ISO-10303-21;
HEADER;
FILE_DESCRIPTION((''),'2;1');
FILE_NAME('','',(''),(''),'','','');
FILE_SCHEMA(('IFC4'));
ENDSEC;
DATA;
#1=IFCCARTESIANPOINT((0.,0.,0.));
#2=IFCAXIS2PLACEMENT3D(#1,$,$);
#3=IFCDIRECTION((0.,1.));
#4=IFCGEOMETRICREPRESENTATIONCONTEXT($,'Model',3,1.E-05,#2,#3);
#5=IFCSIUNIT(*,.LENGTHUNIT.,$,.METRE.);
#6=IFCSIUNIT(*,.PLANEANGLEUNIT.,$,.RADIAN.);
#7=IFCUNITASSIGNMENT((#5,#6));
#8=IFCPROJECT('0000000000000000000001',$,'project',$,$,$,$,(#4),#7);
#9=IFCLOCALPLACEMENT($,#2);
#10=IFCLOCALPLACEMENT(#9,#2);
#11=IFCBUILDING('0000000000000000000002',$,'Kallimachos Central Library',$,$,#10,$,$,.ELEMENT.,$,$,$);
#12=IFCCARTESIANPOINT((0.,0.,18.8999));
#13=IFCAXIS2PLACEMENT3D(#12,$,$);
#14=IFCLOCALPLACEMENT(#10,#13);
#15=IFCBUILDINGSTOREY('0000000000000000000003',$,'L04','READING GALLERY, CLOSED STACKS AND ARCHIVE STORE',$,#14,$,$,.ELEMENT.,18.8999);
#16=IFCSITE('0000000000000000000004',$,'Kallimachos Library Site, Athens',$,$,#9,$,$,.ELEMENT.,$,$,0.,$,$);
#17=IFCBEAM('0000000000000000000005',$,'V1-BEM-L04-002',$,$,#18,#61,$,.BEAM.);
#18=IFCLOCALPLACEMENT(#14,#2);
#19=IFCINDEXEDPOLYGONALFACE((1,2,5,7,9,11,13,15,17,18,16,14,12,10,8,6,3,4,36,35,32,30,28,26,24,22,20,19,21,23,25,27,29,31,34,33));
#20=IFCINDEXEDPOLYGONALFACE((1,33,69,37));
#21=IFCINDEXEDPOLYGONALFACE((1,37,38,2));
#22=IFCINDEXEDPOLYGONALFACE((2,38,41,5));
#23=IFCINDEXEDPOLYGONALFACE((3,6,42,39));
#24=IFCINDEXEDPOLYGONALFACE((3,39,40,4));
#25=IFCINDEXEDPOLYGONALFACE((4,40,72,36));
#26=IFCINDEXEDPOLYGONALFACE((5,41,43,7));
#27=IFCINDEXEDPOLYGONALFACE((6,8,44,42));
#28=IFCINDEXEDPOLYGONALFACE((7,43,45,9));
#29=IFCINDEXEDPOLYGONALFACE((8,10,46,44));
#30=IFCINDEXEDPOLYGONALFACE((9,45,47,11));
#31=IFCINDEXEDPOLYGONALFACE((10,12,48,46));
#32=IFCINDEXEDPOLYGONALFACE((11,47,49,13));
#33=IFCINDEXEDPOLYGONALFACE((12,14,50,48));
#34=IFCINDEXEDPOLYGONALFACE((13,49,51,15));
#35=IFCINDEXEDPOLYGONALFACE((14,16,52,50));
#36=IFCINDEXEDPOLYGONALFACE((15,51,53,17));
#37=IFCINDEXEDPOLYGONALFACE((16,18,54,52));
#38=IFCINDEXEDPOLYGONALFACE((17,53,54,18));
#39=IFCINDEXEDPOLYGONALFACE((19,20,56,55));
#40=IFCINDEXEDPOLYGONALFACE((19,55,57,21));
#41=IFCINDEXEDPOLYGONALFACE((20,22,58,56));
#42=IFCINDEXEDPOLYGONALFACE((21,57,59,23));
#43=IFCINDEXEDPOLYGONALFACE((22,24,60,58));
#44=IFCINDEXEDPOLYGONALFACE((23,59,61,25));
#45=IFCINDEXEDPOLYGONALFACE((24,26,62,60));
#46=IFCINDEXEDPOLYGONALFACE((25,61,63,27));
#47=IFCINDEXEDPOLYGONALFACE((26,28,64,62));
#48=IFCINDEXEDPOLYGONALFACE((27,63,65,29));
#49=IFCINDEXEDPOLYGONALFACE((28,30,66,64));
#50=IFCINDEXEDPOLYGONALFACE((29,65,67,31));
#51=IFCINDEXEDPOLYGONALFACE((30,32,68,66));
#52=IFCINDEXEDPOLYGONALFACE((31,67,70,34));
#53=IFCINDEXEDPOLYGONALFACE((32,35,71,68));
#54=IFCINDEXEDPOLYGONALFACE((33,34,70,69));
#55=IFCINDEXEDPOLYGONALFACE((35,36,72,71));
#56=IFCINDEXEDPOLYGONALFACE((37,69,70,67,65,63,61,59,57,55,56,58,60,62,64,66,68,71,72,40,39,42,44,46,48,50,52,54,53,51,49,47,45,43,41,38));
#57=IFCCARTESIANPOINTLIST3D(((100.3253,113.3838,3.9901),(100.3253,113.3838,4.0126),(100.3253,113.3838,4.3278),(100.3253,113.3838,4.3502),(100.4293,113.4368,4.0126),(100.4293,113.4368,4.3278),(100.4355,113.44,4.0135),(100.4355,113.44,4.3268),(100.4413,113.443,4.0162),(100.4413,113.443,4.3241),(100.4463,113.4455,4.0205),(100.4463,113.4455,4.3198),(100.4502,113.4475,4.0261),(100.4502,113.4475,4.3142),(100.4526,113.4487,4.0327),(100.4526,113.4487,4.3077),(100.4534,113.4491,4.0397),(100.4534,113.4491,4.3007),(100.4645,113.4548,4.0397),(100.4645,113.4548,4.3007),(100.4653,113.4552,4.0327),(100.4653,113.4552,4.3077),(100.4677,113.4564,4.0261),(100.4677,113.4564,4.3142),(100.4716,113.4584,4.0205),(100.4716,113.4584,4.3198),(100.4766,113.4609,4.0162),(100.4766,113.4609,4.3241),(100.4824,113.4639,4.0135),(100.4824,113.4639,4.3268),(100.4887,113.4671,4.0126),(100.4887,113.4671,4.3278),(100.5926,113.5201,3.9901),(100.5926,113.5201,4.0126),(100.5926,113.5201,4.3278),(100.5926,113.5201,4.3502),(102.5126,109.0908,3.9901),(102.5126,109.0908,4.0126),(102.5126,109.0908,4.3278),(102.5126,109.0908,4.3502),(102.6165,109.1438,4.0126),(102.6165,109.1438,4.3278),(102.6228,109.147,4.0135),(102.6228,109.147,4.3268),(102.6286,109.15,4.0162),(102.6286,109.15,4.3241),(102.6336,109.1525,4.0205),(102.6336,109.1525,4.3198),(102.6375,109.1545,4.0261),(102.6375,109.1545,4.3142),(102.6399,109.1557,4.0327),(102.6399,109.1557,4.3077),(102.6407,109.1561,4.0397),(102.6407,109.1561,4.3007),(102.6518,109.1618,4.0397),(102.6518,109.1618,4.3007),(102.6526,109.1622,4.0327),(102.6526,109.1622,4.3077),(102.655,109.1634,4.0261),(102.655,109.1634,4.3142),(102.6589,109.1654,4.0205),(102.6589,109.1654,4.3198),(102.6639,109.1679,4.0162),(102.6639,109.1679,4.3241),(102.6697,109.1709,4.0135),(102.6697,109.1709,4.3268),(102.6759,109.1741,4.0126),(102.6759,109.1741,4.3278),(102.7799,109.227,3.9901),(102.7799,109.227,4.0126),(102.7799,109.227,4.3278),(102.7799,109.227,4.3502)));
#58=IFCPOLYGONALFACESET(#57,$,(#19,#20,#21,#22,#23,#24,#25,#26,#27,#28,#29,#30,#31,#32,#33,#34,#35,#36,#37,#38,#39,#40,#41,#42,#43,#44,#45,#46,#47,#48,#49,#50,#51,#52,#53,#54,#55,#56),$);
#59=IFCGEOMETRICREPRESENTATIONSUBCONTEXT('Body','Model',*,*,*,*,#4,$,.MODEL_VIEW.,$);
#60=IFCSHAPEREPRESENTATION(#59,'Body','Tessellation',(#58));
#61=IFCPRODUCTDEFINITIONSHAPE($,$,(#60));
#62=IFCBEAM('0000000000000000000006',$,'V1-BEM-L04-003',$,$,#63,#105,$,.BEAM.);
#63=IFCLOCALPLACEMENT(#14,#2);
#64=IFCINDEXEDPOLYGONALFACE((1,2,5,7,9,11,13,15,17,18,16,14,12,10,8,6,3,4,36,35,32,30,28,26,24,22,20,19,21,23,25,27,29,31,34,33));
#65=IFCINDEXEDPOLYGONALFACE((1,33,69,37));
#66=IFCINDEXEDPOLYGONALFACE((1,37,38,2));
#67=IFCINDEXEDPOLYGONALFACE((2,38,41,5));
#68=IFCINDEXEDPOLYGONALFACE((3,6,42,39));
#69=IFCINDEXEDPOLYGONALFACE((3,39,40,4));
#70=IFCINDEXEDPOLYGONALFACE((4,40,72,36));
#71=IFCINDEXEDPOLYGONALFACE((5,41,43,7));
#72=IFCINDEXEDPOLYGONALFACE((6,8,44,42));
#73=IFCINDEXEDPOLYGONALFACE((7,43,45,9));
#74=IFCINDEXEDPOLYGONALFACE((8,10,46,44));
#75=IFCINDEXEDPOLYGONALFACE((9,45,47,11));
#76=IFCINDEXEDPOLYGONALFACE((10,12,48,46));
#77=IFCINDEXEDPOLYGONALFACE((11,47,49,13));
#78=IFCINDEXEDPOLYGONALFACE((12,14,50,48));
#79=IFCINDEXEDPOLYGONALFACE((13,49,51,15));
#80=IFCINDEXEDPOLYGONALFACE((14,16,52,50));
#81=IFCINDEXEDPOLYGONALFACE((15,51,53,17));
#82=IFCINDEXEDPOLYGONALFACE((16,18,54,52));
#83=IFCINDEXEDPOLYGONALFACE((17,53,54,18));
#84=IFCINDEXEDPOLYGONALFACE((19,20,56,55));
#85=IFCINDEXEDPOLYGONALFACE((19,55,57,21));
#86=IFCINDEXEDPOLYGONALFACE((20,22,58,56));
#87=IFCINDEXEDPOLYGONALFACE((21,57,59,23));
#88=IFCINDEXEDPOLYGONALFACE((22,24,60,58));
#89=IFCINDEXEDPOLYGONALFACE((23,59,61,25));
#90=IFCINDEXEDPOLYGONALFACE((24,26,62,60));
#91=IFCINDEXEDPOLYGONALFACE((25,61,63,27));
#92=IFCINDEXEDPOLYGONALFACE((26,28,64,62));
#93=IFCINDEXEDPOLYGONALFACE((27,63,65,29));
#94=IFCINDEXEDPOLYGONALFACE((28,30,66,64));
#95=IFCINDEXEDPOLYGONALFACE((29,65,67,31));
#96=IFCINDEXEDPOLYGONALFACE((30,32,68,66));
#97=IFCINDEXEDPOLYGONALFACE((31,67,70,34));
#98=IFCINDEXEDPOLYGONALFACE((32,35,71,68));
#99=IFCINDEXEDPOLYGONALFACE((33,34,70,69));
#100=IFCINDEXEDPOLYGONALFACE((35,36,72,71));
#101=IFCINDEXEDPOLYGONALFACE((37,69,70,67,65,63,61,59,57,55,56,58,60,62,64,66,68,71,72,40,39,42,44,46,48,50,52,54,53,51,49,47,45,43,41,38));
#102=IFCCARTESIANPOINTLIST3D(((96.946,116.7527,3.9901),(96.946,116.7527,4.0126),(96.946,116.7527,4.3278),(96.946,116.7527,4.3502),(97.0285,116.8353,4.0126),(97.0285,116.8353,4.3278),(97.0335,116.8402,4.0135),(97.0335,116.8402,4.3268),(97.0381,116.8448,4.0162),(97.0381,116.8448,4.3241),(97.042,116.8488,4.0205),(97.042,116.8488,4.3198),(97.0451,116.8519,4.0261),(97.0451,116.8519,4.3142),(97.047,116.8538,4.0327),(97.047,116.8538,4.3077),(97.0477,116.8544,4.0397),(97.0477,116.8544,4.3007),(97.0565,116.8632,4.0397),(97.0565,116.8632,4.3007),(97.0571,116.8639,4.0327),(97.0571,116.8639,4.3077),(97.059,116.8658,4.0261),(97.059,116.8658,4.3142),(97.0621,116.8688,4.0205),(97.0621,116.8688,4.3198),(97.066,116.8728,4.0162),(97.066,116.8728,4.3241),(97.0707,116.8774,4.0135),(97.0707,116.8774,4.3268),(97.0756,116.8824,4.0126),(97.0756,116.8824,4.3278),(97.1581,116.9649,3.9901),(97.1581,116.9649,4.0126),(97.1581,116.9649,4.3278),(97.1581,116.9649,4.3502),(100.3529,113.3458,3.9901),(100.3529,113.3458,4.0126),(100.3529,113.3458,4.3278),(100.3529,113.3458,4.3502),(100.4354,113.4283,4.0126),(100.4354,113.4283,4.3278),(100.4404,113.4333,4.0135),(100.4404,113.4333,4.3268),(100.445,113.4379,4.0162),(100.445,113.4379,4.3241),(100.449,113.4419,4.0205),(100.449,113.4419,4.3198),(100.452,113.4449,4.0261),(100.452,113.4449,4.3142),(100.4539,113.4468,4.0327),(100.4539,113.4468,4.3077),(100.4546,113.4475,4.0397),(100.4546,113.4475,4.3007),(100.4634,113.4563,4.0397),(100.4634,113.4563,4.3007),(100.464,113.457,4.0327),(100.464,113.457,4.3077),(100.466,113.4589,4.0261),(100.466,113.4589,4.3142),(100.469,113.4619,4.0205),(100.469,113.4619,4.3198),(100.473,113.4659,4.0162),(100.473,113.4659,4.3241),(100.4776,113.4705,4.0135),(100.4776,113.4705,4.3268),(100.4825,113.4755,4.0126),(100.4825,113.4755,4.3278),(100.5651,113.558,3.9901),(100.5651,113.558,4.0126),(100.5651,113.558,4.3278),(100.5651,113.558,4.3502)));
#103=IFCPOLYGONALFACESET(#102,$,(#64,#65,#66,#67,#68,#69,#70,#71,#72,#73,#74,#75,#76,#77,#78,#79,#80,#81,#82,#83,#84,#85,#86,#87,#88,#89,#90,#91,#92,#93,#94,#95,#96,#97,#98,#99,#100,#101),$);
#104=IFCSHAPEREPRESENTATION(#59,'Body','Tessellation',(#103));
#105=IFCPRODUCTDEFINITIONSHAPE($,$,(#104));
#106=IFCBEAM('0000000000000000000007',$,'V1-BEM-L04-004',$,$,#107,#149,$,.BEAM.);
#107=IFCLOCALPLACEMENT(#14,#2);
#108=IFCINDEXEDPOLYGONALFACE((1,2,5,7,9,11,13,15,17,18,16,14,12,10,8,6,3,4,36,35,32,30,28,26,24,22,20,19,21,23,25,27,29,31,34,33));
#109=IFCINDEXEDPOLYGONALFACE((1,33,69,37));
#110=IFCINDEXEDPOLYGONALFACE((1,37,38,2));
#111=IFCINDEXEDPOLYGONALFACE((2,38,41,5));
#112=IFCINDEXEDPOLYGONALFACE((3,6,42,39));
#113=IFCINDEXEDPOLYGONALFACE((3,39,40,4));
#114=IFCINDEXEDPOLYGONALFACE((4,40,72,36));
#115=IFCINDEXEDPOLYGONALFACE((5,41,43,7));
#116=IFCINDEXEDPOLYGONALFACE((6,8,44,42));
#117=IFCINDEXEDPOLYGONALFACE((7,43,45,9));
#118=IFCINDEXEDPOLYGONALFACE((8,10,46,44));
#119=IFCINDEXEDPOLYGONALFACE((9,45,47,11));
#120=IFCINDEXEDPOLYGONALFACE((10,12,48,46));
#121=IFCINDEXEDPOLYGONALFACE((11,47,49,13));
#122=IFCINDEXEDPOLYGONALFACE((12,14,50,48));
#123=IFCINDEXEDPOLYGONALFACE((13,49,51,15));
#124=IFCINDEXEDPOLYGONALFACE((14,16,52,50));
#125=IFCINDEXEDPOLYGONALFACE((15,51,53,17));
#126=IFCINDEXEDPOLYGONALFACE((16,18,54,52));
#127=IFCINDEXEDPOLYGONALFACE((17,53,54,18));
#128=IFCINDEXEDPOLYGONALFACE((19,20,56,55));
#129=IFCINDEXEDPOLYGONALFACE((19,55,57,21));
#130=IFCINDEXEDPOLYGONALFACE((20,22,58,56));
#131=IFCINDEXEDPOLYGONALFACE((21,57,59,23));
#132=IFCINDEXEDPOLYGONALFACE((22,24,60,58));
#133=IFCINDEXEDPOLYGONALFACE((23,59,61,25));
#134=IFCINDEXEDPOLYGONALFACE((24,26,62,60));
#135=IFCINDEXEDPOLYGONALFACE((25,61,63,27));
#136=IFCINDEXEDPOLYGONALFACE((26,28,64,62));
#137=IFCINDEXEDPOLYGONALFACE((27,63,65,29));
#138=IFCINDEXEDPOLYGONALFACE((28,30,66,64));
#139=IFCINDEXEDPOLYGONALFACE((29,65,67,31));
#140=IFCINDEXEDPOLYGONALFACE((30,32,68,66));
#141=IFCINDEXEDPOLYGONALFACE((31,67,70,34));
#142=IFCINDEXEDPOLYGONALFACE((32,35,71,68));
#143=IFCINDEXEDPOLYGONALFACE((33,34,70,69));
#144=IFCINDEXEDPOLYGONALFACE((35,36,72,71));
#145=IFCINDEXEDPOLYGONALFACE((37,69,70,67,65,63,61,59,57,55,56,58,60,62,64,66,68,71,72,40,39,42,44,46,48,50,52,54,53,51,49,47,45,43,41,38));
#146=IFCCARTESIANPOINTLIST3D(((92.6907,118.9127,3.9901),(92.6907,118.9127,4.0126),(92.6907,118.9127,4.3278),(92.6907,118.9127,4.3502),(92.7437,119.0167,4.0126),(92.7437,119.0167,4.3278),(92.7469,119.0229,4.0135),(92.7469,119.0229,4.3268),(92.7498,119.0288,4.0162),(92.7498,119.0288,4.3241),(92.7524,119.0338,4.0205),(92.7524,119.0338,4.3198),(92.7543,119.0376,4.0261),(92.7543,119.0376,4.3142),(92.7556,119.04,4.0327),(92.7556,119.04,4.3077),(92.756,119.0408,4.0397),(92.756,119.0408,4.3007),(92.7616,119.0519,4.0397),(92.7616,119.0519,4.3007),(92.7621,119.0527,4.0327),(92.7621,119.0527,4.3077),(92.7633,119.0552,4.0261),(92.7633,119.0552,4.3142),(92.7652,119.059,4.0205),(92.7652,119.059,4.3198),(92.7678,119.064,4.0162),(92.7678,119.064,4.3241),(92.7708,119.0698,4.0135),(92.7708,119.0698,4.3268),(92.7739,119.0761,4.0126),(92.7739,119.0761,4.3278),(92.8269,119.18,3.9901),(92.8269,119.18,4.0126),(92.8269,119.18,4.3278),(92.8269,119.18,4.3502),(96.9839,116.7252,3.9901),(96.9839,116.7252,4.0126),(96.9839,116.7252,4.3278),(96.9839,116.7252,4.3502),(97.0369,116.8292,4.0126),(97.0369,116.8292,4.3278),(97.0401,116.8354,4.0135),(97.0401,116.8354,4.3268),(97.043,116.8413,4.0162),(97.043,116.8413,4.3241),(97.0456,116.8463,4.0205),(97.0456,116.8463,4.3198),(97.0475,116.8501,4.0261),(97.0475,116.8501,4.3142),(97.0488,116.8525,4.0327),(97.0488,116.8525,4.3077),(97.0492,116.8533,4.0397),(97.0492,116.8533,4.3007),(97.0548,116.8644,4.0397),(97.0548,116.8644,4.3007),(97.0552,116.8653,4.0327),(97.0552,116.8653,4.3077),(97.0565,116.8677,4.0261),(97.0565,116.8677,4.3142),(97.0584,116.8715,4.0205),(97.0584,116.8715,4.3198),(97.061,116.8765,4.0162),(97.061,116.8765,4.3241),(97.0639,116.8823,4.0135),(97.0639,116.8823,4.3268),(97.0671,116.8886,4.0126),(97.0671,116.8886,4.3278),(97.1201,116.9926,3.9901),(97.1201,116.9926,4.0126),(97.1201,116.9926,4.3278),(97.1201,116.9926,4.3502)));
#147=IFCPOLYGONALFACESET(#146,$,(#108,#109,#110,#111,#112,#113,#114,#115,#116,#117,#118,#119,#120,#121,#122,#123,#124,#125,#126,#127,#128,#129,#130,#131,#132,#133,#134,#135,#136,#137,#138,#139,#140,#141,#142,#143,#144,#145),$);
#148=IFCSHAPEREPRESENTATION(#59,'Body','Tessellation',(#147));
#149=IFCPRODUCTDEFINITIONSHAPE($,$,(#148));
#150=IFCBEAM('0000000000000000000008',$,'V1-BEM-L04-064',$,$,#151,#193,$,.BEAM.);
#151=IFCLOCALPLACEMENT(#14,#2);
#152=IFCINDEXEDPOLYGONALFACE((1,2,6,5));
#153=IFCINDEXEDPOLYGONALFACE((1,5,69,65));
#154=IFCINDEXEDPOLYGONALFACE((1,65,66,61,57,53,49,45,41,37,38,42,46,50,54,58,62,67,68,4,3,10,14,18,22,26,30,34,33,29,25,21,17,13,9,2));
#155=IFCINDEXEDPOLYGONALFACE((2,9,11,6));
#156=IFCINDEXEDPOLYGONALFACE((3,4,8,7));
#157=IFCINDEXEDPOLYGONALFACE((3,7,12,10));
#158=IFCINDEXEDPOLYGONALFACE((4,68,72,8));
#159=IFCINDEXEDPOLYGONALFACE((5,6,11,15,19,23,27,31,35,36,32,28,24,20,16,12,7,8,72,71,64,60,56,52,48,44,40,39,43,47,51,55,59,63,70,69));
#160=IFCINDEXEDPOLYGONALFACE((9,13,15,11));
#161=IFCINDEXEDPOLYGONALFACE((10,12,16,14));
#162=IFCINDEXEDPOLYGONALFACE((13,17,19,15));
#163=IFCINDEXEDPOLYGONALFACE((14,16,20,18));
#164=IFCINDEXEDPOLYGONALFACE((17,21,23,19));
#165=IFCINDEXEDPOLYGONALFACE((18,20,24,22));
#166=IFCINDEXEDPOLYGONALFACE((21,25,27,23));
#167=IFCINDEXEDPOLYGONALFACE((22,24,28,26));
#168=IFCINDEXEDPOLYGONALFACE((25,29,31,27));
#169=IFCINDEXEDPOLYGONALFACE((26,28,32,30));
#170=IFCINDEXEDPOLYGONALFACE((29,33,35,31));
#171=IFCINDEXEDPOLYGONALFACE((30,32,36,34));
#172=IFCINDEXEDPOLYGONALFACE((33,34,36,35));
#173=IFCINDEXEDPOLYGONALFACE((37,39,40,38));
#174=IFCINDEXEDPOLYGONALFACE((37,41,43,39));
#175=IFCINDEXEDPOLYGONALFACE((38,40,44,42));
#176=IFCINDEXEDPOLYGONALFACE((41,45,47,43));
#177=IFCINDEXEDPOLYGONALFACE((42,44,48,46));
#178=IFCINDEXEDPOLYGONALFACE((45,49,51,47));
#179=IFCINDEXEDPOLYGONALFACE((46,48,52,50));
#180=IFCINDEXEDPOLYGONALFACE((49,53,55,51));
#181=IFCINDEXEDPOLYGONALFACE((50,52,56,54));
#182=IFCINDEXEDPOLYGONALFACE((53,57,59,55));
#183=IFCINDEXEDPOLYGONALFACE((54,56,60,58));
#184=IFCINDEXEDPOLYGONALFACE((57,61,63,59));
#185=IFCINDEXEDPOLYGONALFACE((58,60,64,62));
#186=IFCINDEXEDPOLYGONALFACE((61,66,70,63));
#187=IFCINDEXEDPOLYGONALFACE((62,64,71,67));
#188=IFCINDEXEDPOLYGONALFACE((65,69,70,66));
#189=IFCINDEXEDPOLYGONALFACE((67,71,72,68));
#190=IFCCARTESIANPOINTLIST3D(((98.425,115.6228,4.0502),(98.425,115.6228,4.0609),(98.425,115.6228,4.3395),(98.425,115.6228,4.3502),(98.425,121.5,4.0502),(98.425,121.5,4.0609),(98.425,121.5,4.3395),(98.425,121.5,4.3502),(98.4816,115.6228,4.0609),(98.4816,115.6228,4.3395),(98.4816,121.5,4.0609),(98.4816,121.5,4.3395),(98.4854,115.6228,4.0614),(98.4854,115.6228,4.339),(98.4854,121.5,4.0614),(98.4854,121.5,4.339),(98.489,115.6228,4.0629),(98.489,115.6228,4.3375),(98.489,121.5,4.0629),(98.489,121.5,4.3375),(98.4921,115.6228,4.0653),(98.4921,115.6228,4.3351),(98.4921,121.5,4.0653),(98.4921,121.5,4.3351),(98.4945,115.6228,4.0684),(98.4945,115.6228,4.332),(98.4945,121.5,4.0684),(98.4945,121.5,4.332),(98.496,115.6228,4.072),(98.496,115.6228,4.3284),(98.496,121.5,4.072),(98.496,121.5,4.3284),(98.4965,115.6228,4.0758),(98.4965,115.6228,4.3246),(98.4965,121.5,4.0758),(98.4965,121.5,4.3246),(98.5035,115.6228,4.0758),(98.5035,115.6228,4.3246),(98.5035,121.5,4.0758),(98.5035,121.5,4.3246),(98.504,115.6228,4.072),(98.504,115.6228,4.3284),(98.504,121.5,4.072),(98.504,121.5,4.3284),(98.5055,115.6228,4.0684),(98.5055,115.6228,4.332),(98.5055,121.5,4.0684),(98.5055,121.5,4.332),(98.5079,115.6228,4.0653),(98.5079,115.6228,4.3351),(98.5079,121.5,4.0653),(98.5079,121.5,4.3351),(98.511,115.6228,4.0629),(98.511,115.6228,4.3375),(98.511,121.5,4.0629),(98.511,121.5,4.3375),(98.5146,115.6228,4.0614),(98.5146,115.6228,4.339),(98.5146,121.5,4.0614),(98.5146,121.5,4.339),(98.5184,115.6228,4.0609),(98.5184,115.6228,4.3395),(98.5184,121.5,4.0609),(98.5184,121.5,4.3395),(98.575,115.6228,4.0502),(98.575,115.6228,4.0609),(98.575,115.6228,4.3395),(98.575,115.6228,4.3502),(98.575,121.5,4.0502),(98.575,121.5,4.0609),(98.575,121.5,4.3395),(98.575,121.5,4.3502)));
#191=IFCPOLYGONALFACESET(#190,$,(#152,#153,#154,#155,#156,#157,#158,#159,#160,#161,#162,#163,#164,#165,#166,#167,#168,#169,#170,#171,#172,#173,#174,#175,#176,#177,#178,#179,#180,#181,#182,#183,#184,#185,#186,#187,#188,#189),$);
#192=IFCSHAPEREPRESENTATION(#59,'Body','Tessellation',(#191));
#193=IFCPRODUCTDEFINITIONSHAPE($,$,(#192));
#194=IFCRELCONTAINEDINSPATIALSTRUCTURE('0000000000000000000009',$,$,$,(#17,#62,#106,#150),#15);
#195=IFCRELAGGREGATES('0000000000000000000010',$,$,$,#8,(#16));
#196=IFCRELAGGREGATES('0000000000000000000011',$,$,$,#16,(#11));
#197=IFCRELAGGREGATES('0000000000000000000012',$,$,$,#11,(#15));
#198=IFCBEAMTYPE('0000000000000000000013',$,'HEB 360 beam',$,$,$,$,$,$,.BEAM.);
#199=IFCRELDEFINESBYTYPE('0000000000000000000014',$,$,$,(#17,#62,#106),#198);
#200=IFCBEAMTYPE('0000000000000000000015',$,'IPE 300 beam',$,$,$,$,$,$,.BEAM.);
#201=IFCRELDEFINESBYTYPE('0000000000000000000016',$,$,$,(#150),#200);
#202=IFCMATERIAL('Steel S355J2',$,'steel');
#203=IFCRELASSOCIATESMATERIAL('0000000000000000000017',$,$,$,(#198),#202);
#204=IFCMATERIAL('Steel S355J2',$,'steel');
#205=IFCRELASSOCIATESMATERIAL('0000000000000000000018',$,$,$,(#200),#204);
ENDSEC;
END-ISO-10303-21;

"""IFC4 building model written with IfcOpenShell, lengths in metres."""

from ifc_helpers import new_model, si_unit, direction, frame, origin, origin_2d, place, context, subcontext, project, spatial, i_section, extrude, material, material_profile, profile_set, type_object, element, save


model = new_model("IFC4")

# Units and contexts
model_context = context("Model", 3, precision=1e-05, world=origin(), true_north=direction((0.0, 1.0)))
body_context = subcontext(model_context, "Body", "Model", "MODEL_VIEW")
ifc_project = project(units=[si_unit("LENGTHUNIT", "METRE"), si_unit("PLANEANGLEUNIT", "RADIAN")], contexts=[model_context])

# Site, building, storey
site_placement = place(None, origin())
site = spatial("IfcSite", under=ifc_project, at=site_placement, Name="Kallimachos Library Site, Athens", CompositionType="ELEMENT", RefElevation=0.0)
building_placement = place(site_placement, origin())
building = spatial("IfcBuilding", under=site, at=building_placement, Name="Kallimachos Central Library", CompositionType="ELEMENT")
storey_placement = place(building_placement, frame((0.0, 0.0, 18.8999)))
storey = spatial("IfcBuildingStorey", under=building, at=storey_placement, Name="L04", Description="READING GALLERY, CLOSED STACKS AND ARCHIVE STORE", CompositionType="ELEMENT", Elevation=18.8999)

# Beams
ifc_material_1 = material(Name="Steel S355J2", Category="steel")
ifc_material_profile_1 = material_profile(ifc_material_1, i_section(OverallWidth=0.3, OverallDepth=0.3601, WebThickness=0.0125, FlangeThickness=0.0225, FilletRadius=0.0271, at=origin_2d()), Name="HEB 360")
ifc_profile_set_1 = profile_set([ifc_material_profile_1], Name="Steel S355J2")
beam_type_1 = type_object("IfcBeamType", Name="HEB 360 beam", PredefinedType="BEAM", material=ifc_profile_set_1)
for number, where, z_axis, x_axis, name in (
    (1, (102.6462, 109.1589, 4.1702), (-0.453971, 0.891017, 0.0), (-0.891017, -0.453971, 0.0), "V1-BEM-L04-002"),
    (2, (100.459, 113.4519, 4.1702), (-0.707107, 0.707107, 0.0), (-0.707107, -0.707107, 0.0), "V1-BEM-L04-003"),
):
    element("IfcBeam", number, at=place(storey_placement, frame(where, z_axis=z_axis, x_axis=x_axis)), inside=storey, type_object=beam_type_1, Name=name, PredefinedType="BEAM", context=body_context, shape_type="SweptSolid", body=[
        extrude(i_section(OverallWidth=0.3, OverallDepth=0.3601, WebThickness=0.0125, FlangeThickness=0.0225, FilletRadius=0.0271, at=origin_2d()), origin(), (0.0, 0.0, 1.0), 4.8181),
    ])
beam_1_placement = place(storey_placement, frame((97.052, 116.8589, 4.1702), z_axis=(-0.891007, 0.45399, 0.0), x_axis=(-0.45399, -0.891007, 0.0)))
element("IfcBeam", 3, at=beam_1_placement, inside=storey, type_object=beam_type_1, Name="V1-BEM-L04-004", PredefinedType="BEAM", context=body_context, shape_type="SweptSolid", body=[
    extrude(i_section(OverallWidth=0.3, OverallDepth=0.3601, WebThickness=0.0125, FlangeThickness=0.0225, FilletRadius=0.0271, at=origin_2d()), origin(), (0.0, 0.0, 1.0), 4.8184),
])
ifc_material_2 = material(Name="Steel S355J2", Category="steel")
ifc_material_profile_2 = material_profile(ifc_material_2, i_section(OverallWidth=0.1499, OverallDepth=0.3, WebThickness=0.0071, FlangeThickness=0.0107, FilletRadius=0.0149, at=origin_2d()), Name="IPE 300")
ifc_profile_set_2 = profile_set([ifc_material_profile_2], Name="Steel S355J2")
beam_type_2 = type_object("IfcBeamType", Name="IPE 300 beam", PredefinedType="BEAM", material=ifc_profile_set_2)
beam_2_placement = place(storey_placement, frame((98.5, 115.6228, 4.2002), z_axis=(0.0, 1.0, 0.0), x_axis=(-1.0, 0.0, 0.0)))
element("IfcBeam", 4, at=beam_2_placement, inside=storey, type_object=beam_type_2, Name="V1-BEM-L04-064", PredefinedType="BEAM", context=body_context, shape_type="SweptSolid", body=[
    extrude(i_section(OverallWidth=0.1499, OverallDepth=0.3, WebThickness=0.0071, FlangeThickness=0.0107, FilletRadius=0.0149, at=origin_2d()), origin(), (0.0, 0.0, 1.0), 5.8772),
])

save(model, "model.ifc")
